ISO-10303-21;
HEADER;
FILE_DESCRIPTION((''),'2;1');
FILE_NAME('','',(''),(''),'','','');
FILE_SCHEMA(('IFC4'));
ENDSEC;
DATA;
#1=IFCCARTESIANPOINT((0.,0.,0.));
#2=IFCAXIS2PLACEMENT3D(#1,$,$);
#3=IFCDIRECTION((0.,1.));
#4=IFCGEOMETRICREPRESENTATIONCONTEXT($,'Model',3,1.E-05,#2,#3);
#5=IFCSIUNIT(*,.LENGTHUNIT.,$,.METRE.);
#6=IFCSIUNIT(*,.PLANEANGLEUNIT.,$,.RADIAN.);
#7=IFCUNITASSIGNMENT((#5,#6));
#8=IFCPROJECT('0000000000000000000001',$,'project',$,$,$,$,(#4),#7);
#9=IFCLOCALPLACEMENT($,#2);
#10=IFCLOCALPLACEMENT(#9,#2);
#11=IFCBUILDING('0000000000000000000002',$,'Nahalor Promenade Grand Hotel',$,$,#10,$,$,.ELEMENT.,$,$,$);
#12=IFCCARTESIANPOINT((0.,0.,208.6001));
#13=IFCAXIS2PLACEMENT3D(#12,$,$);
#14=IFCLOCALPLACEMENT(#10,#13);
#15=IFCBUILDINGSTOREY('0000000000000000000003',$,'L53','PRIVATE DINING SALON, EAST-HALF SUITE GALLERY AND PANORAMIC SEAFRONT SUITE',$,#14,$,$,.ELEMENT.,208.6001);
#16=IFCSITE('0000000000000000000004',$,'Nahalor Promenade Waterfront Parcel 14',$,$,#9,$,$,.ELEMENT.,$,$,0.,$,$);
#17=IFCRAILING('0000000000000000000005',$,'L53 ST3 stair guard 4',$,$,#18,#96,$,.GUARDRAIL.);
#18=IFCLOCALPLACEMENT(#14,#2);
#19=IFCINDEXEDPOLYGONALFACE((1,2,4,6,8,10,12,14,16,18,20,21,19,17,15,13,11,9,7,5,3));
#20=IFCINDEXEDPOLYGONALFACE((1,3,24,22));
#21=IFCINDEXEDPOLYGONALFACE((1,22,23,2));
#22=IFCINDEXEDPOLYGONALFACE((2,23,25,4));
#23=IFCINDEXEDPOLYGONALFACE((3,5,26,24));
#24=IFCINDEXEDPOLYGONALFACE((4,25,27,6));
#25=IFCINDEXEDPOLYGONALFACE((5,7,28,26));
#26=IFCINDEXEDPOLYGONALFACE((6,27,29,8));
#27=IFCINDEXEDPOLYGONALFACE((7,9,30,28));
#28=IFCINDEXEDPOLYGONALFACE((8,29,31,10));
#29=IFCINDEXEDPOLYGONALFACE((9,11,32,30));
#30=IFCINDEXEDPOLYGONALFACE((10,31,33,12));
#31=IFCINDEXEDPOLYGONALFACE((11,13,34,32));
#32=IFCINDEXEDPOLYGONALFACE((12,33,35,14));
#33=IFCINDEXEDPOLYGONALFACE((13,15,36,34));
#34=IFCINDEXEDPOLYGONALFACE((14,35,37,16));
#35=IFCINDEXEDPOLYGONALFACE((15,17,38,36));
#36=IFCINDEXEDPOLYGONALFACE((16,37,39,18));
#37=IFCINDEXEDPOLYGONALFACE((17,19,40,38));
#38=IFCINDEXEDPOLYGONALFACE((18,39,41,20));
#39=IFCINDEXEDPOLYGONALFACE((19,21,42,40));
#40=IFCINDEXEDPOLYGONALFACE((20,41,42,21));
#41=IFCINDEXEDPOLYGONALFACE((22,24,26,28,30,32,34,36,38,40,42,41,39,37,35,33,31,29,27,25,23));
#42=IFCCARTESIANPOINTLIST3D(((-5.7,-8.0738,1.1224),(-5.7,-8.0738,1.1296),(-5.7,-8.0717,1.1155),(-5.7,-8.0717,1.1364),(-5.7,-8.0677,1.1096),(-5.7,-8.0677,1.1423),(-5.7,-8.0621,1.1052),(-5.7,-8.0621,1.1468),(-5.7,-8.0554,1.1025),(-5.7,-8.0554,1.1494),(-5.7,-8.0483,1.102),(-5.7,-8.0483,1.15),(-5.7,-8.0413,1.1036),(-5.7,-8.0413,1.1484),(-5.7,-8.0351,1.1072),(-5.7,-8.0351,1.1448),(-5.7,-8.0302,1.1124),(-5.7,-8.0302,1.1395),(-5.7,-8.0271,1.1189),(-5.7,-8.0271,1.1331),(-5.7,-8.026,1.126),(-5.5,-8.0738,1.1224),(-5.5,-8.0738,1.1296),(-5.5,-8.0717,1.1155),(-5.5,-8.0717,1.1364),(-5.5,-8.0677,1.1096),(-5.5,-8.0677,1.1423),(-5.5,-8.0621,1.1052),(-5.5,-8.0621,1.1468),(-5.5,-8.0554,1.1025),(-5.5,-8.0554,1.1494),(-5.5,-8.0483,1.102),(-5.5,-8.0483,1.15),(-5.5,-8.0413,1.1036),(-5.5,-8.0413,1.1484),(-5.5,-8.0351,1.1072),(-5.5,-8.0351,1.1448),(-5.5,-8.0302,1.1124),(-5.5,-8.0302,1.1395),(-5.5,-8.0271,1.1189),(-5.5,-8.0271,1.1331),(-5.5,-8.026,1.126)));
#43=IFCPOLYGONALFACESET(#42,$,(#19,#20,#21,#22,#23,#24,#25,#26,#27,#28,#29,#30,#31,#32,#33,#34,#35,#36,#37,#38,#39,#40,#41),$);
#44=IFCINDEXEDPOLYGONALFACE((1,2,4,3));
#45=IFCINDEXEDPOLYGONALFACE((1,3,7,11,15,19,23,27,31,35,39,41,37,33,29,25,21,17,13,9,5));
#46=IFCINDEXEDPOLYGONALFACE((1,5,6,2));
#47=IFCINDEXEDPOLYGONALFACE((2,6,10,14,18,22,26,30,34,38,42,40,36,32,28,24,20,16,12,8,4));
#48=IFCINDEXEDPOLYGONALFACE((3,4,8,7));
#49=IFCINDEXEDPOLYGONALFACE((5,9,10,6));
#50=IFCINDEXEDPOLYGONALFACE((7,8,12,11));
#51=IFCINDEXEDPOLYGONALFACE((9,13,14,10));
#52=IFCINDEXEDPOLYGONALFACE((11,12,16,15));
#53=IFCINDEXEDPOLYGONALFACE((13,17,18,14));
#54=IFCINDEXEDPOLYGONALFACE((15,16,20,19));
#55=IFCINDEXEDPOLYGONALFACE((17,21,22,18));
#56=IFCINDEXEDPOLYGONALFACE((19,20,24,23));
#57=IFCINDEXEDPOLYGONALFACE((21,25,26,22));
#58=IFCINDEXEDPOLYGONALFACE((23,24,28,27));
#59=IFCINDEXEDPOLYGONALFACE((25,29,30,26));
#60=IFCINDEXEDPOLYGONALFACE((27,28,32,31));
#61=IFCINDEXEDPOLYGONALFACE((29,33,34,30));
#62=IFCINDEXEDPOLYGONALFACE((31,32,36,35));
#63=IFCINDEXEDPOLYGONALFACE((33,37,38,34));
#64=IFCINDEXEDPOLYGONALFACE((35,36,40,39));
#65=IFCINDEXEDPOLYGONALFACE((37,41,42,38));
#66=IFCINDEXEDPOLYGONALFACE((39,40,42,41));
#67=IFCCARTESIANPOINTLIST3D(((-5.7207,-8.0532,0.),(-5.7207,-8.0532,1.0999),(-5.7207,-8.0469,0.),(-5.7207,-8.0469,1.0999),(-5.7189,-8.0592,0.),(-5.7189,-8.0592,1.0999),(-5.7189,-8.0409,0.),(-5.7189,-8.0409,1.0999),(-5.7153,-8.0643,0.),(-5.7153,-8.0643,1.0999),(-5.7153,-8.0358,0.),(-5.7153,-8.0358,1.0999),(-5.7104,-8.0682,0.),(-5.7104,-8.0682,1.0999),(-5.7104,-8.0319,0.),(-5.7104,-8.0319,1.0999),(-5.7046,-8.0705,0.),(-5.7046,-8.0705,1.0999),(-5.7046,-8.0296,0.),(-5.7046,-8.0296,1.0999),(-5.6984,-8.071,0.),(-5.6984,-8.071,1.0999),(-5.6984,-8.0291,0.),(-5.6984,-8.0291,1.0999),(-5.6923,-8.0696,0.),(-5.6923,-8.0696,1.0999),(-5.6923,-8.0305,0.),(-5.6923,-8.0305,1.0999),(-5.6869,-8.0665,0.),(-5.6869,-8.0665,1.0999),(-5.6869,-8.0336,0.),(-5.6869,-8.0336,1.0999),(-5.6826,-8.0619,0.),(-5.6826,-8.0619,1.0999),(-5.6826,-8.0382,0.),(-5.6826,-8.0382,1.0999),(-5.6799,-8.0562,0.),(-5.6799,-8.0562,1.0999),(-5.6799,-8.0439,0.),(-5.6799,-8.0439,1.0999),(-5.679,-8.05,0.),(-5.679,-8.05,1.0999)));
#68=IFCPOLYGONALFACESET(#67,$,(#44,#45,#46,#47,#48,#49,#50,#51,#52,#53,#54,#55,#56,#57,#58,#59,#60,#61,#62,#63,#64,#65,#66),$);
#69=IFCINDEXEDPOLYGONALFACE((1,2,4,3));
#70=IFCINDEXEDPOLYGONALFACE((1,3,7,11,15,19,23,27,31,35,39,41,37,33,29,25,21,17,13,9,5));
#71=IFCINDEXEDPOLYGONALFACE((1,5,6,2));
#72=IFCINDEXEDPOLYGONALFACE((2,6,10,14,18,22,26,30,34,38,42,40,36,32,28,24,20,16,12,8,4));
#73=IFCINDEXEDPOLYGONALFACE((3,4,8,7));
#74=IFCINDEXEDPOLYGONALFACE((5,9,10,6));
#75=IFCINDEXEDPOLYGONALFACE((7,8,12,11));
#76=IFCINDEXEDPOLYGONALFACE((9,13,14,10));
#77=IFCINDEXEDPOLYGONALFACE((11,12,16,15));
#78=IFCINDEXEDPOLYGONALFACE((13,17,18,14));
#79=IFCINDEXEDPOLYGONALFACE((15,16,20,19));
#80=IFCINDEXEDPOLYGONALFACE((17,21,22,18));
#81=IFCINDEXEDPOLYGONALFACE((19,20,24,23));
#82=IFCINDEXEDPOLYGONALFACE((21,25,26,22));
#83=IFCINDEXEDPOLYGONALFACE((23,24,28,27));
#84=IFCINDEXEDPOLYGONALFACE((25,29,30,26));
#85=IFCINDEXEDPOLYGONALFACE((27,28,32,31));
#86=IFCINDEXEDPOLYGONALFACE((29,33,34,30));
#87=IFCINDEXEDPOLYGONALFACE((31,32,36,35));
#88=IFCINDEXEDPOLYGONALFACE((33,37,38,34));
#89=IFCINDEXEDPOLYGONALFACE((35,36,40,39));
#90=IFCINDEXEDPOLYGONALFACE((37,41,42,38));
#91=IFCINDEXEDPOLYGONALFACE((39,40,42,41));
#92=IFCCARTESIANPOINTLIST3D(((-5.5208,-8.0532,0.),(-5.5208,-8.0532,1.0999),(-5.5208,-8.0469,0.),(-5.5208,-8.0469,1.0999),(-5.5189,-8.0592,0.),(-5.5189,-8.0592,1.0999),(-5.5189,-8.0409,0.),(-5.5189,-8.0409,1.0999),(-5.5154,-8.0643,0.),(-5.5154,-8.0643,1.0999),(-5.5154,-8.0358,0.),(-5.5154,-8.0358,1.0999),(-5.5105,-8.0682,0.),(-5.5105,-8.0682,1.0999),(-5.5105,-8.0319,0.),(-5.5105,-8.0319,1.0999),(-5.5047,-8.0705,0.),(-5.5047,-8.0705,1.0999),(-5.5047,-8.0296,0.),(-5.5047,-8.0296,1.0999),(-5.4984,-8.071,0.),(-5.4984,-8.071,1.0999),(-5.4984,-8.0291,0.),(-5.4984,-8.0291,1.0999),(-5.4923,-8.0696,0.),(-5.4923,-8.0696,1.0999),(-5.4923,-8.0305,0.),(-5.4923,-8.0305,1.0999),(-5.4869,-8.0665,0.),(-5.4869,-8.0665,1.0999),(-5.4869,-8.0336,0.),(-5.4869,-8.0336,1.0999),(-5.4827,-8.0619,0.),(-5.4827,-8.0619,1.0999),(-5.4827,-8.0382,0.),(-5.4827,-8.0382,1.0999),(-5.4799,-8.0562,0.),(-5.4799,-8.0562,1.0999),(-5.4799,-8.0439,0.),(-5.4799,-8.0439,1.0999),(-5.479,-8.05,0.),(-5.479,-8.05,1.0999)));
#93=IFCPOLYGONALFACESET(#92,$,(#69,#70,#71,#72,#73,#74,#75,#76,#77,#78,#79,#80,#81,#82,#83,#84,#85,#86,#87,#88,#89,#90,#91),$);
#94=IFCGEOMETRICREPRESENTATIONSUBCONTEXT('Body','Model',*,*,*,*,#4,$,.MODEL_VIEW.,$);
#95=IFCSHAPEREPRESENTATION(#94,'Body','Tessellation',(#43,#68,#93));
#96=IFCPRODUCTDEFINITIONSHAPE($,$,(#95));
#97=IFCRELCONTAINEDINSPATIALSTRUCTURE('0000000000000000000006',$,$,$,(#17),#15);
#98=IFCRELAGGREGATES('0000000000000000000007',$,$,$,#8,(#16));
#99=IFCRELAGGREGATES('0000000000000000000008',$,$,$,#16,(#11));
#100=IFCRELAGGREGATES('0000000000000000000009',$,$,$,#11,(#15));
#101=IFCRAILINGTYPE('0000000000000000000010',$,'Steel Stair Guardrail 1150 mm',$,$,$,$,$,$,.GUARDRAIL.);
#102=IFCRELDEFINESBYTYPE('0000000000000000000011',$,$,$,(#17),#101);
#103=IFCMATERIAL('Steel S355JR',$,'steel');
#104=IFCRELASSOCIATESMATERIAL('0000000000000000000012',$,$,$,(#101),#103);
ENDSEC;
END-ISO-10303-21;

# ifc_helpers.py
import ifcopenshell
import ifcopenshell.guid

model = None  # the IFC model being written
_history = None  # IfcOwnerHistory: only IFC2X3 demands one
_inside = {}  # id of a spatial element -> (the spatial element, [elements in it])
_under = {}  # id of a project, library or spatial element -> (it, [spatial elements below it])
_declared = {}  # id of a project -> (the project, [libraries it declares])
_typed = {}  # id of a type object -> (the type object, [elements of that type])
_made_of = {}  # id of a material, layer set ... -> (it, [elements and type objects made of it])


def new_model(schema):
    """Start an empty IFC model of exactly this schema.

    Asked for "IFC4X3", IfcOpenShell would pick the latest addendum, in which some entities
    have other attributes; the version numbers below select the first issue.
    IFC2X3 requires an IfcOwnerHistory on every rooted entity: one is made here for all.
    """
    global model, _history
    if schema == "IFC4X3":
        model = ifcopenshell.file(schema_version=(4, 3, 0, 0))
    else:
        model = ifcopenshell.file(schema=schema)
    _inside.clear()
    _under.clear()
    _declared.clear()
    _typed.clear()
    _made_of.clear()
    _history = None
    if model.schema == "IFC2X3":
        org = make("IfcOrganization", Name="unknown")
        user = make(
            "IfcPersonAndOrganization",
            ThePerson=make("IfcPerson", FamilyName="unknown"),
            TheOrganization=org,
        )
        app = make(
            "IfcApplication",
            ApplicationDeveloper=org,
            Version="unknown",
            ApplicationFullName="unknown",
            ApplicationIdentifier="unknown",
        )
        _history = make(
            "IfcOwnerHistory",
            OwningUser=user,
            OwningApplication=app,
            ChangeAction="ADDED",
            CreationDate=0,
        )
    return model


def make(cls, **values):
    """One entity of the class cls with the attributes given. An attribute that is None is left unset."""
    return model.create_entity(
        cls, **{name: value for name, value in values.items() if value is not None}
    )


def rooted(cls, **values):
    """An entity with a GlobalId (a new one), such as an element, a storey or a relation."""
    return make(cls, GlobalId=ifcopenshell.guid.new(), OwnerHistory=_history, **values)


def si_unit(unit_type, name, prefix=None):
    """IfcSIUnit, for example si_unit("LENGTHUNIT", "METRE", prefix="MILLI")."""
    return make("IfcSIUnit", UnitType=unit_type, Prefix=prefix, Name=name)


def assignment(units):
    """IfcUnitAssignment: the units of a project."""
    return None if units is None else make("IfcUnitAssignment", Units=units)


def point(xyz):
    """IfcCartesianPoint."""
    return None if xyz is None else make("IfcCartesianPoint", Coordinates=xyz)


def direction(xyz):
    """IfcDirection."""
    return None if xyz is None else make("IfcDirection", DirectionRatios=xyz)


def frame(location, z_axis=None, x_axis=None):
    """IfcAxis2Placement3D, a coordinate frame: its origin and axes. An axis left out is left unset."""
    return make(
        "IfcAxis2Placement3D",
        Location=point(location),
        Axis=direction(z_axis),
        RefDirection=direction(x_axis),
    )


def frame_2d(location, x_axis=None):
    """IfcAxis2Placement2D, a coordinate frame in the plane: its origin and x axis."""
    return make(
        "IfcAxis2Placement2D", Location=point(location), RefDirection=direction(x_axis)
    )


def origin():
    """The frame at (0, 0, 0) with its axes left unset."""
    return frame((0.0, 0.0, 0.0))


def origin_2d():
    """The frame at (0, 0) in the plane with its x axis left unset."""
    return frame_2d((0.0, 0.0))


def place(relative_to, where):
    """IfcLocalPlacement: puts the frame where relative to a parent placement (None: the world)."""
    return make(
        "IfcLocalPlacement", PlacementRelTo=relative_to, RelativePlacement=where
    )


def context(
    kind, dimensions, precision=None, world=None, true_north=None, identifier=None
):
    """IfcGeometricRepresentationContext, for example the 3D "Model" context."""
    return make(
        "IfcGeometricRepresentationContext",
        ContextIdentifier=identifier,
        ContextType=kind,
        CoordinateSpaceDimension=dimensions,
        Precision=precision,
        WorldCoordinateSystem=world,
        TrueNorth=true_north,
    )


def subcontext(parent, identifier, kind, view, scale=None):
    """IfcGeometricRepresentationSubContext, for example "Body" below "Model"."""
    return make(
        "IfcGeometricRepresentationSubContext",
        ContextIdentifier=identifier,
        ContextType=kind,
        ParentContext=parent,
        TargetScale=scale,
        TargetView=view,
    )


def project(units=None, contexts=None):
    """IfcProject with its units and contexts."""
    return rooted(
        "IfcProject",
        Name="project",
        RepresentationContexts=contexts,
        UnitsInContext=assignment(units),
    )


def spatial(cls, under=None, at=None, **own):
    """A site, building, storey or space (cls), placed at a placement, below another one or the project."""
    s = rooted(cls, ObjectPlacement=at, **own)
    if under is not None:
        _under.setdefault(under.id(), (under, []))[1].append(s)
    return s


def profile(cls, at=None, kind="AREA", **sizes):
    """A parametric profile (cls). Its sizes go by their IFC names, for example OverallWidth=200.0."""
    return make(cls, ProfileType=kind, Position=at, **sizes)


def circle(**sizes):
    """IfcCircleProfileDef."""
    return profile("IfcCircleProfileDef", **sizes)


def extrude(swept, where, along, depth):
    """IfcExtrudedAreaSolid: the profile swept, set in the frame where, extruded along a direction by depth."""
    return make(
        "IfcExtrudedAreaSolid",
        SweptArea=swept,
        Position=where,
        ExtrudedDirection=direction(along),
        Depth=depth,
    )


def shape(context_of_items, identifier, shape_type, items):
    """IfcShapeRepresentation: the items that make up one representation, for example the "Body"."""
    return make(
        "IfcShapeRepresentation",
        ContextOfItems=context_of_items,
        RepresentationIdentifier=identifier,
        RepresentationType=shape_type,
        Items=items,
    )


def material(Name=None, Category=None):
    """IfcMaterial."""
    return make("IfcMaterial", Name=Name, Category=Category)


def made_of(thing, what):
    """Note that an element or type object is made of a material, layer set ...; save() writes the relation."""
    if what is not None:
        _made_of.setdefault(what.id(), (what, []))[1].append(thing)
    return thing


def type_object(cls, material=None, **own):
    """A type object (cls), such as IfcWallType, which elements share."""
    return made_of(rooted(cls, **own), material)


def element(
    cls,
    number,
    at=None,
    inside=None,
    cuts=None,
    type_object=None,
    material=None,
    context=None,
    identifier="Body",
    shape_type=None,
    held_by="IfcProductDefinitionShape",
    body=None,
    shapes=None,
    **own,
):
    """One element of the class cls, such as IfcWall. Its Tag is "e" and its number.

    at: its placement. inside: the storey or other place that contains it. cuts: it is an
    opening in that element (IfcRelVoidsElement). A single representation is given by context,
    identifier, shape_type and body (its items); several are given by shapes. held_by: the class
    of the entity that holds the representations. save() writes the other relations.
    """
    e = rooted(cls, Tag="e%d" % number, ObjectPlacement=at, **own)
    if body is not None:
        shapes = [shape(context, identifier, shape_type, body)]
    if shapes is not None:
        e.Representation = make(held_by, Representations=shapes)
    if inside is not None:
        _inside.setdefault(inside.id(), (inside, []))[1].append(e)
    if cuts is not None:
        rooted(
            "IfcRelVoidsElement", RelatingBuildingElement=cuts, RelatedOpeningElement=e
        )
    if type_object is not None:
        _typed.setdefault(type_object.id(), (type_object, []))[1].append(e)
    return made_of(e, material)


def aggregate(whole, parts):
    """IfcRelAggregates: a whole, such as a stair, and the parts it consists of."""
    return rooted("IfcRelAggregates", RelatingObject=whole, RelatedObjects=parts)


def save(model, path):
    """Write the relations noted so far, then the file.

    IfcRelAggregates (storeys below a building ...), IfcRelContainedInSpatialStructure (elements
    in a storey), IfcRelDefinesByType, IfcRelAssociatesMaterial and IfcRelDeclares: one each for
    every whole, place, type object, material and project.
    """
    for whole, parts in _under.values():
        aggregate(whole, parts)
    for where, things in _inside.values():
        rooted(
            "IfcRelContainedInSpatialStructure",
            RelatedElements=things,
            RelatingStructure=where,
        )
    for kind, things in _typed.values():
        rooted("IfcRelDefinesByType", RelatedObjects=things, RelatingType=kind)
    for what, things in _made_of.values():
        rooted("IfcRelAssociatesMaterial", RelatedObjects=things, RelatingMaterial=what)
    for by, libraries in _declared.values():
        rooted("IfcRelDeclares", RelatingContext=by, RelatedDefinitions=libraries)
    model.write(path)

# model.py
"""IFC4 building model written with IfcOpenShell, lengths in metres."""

from ifc_helpers import new_model, si_unit, direction, frame, origin, origin_2d, place, context, subcontext, project, spatial, circle, extrude, material, type_object, element, save


model = new_model("IFC4")

# Units and contexts
model_context = context("Model", 3, precision=1e-05, world=origin(), true_north=direction((0.0, 1.0)))
body_context = subcontext(model_context, "Body", "Model", "MODEL_VIEW")
ifc_project = project(units=[si_unit("LENGTHUNIT", "METRE"), si_unit("PLANEANGLEUNIT", "RADIAN")], contexts=[model_context])

# Site, building, storey
site_placement = place(None, origin())
site = spatial("IfcSite", under=ifc_project, at=site_placement, Name="Nahalor Promenade Waterfront Parcel 14", CompositionType="ELEMENT", RefElevation=0.0)
building_placement = place(site_placement, origin())
building = spatial("IfcBuilding", under=site, at=building_placement, Name="Nahalor Promenade Grand Hotel", CompositionType="ELEMENT")
storey_placement = place(building_placement, frame((0.0, 0.0, 208.6001)))
storey = spatial("IfcBuildingStorey", under=building, at=storey_placement, Name="L53", Description="PRIVATE DINING SALON, EAST-HALF SUITE GALLERY AND PANORAMIC SEAFRONT SUITE", CompositionType="ELEMENT", Elevation=208.6001)

# Shared definitions
ifc_material_1 = material(Name="Steel S355JR", Category="steel")

# Railing
railing_type_1 = type_object("IfcRailingType", Name="Steel Stair Guardrail 1150 mm", PredefinedType="GUARDRAIL", material=ifc_material_1)
railing_1_placement = place(storey_placement, frame((-5.7, -8.05, 0.0)))
element("IfcRailing", 1, at=railing_1_placement, inside=storey, type_object=railing_type_1, Name="L53 ST3 stair guard 4", PredefinedType="GUARDRAIL", context=body_context, shape_type="SweptSolid", body=[
    extrude(circle(Radius=0.024, at=origin_2d()), frame((0.0, 0.0, 1.126), z_axis=(1.0, 0.0, 0.0), x_axis=(0.0, 1.0, 0.0)), (0.0, 0.0, 1.0), 0.2),
    extrude(circle(Radius=0.021, at=origin_2d()), origin(), (0.0, 0.0, 1.0), 1.0999),
    extrude(circle(Radius=0.021, at=origin_2d()), frame((0.2, 0.0, 0.0)), (0.0, 0.0, 1.0), 1.0999),
])

save(model, "model.ifc")
